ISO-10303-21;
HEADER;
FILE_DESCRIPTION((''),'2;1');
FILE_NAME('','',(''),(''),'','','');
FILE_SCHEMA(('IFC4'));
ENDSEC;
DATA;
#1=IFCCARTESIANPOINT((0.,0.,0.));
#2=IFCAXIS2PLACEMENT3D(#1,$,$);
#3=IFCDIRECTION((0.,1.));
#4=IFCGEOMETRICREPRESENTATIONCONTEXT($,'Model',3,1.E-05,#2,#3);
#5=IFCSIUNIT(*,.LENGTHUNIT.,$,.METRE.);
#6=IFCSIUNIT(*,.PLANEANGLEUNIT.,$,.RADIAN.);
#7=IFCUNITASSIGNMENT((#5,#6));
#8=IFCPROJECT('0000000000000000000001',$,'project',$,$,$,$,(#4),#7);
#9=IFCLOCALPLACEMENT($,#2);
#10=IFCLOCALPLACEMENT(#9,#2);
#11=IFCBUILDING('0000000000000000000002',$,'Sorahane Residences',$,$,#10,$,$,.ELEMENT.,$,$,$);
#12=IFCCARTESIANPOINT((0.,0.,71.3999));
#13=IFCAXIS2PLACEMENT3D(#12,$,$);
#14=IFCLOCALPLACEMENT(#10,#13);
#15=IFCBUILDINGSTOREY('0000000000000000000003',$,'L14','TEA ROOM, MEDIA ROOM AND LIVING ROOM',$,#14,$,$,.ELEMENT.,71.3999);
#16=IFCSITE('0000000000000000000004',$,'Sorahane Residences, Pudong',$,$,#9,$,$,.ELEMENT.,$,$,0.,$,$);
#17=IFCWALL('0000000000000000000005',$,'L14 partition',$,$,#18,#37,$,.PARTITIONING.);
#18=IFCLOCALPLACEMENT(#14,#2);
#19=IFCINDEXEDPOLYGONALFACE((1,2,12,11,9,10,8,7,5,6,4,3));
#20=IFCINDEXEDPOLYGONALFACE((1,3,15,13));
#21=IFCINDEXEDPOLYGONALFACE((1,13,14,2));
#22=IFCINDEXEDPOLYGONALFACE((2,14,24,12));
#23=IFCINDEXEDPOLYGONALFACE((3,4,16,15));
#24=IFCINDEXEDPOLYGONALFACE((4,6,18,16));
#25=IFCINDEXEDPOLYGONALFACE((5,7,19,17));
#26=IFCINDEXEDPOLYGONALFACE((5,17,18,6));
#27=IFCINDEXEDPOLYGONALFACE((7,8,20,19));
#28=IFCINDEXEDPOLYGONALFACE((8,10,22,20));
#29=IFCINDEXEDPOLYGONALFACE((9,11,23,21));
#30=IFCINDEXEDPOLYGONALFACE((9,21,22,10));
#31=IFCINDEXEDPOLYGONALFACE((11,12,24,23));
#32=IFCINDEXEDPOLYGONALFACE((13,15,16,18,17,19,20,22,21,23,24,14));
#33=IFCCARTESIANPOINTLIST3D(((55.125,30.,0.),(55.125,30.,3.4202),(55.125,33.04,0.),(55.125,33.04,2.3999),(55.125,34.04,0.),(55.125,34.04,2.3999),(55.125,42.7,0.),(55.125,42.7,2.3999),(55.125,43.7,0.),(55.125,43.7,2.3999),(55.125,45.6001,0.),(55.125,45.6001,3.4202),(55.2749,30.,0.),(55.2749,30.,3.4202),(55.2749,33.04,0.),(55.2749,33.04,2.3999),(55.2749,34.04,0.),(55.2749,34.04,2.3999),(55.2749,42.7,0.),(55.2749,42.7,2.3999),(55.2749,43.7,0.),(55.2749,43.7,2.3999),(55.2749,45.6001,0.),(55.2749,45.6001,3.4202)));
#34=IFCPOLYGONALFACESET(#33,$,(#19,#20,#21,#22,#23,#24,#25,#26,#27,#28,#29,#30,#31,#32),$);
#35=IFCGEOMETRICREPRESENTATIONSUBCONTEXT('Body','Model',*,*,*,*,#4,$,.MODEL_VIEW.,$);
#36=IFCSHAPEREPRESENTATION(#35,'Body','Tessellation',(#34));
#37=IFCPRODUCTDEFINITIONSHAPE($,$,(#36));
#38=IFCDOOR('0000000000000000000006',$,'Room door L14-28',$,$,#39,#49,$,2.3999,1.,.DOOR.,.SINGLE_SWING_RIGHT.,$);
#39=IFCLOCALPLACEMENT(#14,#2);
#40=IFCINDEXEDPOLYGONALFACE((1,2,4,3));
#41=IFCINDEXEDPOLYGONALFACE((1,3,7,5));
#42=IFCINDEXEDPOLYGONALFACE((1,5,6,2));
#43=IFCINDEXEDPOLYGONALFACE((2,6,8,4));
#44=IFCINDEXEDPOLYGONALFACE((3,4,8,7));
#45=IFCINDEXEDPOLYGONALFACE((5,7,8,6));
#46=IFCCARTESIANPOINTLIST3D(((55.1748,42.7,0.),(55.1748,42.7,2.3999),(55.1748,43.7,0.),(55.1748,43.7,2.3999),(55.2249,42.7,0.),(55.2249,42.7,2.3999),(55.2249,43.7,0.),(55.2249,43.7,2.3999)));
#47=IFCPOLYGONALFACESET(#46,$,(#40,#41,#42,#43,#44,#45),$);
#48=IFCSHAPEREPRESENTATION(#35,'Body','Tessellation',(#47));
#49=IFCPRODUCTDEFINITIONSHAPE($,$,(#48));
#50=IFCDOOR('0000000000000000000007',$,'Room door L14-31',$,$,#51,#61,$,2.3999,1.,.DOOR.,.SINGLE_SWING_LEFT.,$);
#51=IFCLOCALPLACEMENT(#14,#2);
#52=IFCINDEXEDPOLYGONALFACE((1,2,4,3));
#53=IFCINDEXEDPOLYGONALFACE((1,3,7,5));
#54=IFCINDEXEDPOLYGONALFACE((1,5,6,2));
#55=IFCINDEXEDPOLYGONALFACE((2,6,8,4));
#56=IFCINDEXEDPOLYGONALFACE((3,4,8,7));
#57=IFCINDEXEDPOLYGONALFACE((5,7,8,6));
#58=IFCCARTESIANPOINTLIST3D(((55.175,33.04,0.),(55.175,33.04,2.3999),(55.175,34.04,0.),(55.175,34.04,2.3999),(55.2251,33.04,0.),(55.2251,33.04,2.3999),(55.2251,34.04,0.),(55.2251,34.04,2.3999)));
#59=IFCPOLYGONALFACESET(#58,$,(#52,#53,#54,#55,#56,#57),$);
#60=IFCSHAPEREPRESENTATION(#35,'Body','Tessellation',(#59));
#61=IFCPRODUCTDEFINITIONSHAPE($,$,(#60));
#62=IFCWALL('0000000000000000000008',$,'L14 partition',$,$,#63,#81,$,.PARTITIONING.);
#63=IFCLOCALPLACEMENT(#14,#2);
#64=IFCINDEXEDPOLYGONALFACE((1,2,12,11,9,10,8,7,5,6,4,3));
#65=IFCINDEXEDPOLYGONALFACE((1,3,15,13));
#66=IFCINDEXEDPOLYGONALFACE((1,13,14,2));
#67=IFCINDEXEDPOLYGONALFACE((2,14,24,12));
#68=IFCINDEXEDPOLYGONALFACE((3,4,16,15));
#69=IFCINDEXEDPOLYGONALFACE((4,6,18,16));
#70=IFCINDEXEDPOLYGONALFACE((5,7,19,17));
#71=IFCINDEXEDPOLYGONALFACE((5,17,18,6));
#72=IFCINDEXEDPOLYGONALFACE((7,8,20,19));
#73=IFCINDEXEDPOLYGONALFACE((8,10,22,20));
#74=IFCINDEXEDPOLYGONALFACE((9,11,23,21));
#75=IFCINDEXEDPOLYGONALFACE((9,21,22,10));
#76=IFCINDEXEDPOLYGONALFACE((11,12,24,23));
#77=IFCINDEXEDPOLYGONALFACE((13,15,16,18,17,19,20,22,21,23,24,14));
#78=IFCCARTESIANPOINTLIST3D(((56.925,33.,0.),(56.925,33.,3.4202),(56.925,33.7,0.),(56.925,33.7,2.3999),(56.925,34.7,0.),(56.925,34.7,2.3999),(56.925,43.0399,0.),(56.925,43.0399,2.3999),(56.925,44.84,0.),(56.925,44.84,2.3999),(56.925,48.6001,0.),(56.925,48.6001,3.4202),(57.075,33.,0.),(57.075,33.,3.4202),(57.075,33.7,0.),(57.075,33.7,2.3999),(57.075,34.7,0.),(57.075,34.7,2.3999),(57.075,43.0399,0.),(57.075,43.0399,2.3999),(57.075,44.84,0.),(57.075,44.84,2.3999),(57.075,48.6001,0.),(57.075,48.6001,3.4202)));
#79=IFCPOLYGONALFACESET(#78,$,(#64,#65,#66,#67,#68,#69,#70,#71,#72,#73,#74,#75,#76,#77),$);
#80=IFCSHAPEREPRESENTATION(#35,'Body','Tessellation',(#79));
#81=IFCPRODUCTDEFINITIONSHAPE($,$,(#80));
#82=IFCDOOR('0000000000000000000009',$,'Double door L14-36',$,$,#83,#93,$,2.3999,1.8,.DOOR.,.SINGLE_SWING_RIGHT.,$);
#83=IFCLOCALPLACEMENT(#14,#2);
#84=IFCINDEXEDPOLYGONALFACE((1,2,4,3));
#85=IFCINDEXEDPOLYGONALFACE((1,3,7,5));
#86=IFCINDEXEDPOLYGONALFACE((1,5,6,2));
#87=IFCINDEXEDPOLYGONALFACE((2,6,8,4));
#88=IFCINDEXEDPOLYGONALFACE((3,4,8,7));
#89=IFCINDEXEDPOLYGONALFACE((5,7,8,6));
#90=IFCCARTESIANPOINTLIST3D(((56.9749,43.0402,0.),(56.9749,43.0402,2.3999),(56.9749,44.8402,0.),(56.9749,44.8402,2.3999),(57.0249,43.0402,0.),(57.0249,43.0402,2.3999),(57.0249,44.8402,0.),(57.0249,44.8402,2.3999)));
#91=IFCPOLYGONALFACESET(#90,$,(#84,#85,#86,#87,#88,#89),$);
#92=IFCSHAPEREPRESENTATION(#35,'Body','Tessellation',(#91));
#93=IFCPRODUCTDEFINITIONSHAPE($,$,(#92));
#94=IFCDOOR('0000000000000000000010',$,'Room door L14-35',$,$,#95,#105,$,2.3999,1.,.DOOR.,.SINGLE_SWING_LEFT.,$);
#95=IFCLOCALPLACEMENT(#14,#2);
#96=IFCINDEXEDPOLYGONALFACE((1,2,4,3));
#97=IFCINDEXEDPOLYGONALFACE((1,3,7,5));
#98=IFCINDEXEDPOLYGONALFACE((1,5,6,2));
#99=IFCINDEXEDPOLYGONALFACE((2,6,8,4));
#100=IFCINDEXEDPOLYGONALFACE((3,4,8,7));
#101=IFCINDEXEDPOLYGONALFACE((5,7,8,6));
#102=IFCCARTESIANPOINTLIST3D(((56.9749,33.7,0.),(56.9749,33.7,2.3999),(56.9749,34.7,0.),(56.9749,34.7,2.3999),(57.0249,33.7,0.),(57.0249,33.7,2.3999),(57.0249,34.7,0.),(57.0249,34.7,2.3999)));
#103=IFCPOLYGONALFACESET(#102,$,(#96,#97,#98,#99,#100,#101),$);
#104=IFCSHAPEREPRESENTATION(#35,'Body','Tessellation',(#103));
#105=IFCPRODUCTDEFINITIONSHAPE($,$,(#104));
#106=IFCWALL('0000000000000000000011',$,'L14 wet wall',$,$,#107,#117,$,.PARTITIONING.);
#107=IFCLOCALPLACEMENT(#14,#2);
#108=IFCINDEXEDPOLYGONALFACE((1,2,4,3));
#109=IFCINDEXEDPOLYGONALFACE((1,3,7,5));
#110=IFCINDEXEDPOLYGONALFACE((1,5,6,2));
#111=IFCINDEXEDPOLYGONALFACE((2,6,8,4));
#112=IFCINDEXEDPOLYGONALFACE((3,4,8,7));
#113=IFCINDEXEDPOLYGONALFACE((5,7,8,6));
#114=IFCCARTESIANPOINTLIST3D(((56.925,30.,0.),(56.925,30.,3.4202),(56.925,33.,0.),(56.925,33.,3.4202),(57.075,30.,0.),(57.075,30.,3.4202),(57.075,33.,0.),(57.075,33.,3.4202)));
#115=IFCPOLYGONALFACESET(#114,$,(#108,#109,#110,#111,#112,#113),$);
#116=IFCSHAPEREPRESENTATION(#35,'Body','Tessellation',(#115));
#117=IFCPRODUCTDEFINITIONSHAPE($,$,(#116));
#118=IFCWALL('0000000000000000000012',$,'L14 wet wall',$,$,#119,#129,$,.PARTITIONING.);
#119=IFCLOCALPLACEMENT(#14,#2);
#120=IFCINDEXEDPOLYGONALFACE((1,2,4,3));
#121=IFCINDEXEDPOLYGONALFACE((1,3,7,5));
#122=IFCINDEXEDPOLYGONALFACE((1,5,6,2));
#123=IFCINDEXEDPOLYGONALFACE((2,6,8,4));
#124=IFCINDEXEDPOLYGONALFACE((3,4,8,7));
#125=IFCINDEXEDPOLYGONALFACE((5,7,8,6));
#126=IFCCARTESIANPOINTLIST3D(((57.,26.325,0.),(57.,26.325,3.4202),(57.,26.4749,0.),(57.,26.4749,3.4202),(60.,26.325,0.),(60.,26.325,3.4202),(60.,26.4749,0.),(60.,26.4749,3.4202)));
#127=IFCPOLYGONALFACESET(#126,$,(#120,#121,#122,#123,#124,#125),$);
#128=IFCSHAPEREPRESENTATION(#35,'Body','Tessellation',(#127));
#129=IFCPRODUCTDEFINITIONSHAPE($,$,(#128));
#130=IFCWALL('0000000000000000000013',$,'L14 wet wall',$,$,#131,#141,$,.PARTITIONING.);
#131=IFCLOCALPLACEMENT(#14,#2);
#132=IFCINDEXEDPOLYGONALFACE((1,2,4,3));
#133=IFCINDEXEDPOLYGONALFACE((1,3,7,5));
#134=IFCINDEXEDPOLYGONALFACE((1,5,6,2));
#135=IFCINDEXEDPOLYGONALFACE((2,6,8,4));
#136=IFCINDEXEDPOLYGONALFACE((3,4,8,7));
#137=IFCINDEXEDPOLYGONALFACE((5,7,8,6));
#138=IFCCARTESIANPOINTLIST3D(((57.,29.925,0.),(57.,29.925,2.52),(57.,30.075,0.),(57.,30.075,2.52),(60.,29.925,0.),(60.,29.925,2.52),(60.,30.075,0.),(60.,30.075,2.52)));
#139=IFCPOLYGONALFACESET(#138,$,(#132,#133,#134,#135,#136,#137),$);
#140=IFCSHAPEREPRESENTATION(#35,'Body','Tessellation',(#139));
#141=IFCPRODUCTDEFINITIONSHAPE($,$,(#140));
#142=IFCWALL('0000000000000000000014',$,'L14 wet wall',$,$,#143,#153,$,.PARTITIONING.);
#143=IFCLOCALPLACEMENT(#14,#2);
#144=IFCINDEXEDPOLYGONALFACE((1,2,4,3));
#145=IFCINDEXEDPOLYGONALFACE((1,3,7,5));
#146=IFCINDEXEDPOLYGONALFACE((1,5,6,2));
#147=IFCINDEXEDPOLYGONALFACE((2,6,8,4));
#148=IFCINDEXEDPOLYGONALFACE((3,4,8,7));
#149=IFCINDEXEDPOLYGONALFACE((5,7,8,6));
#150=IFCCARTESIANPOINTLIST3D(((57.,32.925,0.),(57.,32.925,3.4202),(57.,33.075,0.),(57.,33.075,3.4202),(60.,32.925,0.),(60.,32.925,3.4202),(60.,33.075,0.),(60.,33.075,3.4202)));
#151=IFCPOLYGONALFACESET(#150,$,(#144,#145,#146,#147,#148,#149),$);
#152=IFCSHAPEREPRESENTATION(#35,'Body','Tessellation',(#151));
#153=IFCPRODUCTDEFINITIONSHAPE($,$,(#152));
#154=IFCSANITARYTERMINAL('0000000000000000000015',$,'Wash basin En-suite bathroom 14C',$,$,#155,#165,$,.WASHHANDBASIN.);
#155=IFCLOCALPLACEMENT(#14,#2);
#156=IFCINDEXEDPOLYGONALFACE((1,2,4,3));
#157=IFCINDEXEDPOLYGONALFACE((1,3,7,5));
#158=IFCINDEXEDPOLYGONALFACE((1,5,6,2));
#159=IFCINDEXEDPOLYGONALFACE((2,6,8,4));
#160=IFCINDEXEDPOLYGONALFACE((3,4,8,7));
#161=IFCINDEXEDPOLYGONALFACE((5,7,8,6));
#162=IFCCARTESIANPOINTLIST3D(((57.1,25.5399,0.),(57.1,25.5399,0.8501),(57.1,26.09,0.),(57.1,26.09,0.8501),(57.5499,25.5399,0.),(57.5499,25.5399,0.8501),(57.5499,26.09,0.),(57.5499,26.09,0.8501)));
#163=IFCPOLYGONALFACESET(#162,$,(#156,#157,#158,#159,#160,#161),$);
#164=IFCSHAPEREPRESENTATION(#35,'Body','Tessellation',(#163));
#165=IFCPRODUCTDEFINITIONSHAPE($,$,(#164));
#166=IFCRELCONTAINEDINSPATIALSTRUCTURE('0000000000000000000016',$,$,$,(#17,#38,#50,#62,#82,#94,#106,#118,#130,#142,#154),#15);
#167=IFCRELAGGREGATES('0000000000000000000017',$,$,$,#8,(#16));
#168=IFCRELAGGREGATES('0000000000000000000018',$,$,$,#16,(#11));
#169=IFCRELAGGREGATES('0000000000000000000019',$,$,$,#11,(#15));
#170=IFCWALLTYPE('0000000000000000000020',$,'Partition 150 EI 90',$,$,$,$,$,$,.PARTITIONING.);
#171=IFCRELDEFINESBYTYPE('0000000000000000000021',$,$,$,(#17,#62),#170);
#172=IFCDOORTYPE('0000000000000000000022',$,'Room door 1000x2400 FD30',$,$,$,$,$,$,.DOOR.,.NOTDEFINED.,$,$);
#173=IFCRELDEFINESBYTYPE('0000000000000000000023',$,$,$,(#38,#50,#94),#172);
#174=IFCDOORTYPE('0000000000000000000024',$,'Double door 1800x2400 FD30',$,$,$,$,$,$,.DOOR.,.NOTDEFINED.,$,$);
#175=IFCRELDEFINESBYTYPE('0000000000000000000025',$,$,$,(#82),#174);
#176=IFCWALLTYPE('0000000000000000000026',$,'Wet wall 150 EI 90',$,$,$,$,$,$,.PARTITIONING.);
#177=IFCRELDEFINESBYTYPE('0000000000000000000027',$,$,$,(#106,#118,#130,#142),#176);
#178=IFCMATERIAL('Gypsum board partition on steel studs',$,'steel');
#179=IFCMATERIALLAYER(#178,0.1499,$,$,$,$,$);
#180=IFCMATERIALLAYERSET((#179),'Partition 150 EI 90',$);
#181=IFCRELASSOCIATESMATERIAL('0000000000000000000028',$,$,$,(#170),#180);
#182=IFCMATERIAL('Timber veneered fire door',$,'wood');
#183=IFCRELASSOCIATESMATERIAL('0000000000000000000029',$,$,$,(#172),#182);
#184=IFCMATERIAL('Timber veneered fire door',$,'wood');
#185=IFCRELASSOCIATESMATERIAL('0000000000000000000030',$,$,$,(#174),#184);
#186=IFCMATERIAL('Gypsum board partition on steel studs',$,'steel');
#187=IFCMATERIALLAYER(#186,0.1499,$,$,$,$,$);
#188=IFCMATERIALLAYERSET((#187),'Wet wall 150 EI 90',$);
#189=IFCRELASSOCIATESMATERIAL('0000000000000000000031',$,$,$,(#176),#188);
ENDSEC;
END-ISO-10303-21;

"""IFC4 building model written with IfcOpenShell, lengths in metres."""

from ifc_helpers import new_model, si_unit, direction, frame, frame_2d, origin, origin_2d, place, context, subcontext, project, spatial, rectangle, extrude, material, layer, layer_set, type_object, element, fill, save


model = new_model("IFC4")

# Units and contexts
model_context = context("Model", 3, precision=1e-05, world=origin(), true_north=direction((0.0, 1.0)))
body_context = subcontext(model_context, "Body", "Model", "MODEL_VIEW")
ifc_project = project(units=[si_unit("LENGTHUNIT", "METRE"), si_unit("PLANEANGLEUNIT", "RADIAN")], contexts=[model_context])

# Site, building, storey
site_placement = place(None, origin())
site = spatial("IfcSite", under=ifc_project, at=site_placement, Name="Sorahane Residences, Pudong", CompositionType="ELEMENT", RefElevation=0.0)
building_placement = place(site_placement, origin())
building = spatial("IfcBuilding", under=site, at=building_placement, Name="Sorahane Residences", CompositionType="ELEMENT")
storey_placement = place(building_placement, frame((0.0, 0.0, 71.3999)))
storey = spatial("IfcBuildingStorey", under=building, at=storey_placement, Name="L14", Description="TEA ROOM, MEDIA ROOM AND LIVING ROOM", CompositionType="ELEMENT", Elevation=71.3999)

# Wall, openings, doors
ifc_material_1 = material(Name="Gypsum board partition on steel studs", Category="steel")
ifc_layer_1 = layer(ifc_material_1, 0.1499)
ifc_layer_set_1 = layer_set([ifc_layer_1], Name="Partition 150 EI 90")
wall_type_1 = type_object("IfcWallType", Name="Partition 150 EI 90", PredefinedType="PARTITIONING", material=ifc_layer_set_1)
wall_1_placement = place(storey_placement, frame((55.2, 30.0, 0.0), z_axis=(0.0, 0.0, 1.0), x_axis=(0.0, 1.0, 0.0)))
wall_1 = element("IfcWall", 1, at=wall_1_placement, inside=storey, type_object=wall_type_1, Name="L14 partition", PredefinedType="PARTITIONING", context=body_context, shape_type="SweptSolid", body=[
    extrude(rectangle(XDim=15.6001, YDim=0.1499, at=frame_2d((7.8, 0.0))), origin(), (0.0, 0.0, 1.0), 3.4202),
])
opening_1_placement = place(wall_1_placement, frame((12.7, 0.0, 0.0)))
opening_1 = element("IfcOpeningElement", 2, at=opening_1_placement, cuts=wall_1, PredefinedType="OPENING", context=body_context, shape_type="SweptSolid", body=[
    extrude(rectangle(XDim=1.0, YDim=2.3999, at=frame_2d((0.5, 1.2))), frame((0.0, 0.085, 0.0), z_axis=(0.0, -1.0, 0.0), x_axis=(1.0, 0.0, 0.0)), (0.0, 0.0, 1.0), 0.1699),
])
opening_2_placement = place(wall_1_placement, frame((3.04, 0.0, 0.0)))
opening_2 = element("IfcOpeningElement", 3, at=opening_2_placement, cuts=wall_1, PredefinedType="OPENING", context=body_context, shape_type="SweptSolid", body=[
    extrude(rectangle(XDim=1.0, YDim=2.3999, at=frame_2d((0.5, 1.2))), frame((0.0, 0.085, 0.0), z_axis=(0.0, -1.0, 0.0), x_axis=(1.0, 0.0, 0.0)), (0.0, 0.0, 1.0), 0.1699),
])
ifc_material_2 = material(Name="Timber veneered fire door", Category="wood")
door_type_1 = type_object("IfcDoorType", Name="Room door 1000x2400 FD30", OperationType="NOTDEFINED", PredefinedType="DOOR", material=ifc_material_2)
door_1_placement = place(opening_1_placement, frame((1.0, 0.0, 0.0), z_axis=(0.0, 0.0, 1.0), x_axis=(-1.0, 0.0, 0.0)))
door_1 = element("IfcDoor", 4, at=door_1_placement, inside=storey, type_object=door_type_1, Name="Room door L14-28", OperationType="SINGLE_SWING_RIGHT", OverallHeight=2.3999, OverallWidth=1.0, PredefinedType="DOOR", context=body_context, shape_type="SweptSolid", body=[
    extrude(rectangle(XDim=1.0, YDim=2.3999, at=frame_2d((0.5, 1.2))), frame((0.0, 0.0249, 0.0), z_axis=(0.0, -1.0, 0.0), x_axis=(1.0, 0.0, 0.0)), (0.0, 0.0, 1.0), 0.05),
])
fill(opening_1, door_1)
door_2_placement = place(opening_2_placement, origin())
door_2 = element("IfcDoor", 5, at=door_2_placement, inside=storey, type_object=door_type_1, Name="Room door L14-31", OperationType="SINGLE_SWING_LEFT", OverallHeight=2.3999, OverallWidth=1.0, PredefinedType="DOOR", context=body_context, shape_type="SweptSolid", body=[
    extrude(rectangle(XDim=1.0, YDim=2.3999, at=frame_2d((0.5, 1.2))), frame((0.0, 0.0249, 0.0), z_axis=(0.0, -1.0, 0.0), x_axis=(1.0, 0.0, 0.0)), (0.0, 0.0, 1.0), 0.05),
])
fill(opening_2, door_2)

# Wall, openings, doors
wall_2_placement = place(storey_placement, frame((57.0, 33.0, 0.0), z_axis=(0.0, 0.0, 1.0), x_axis=(0.0, 1.0, 0.0)))
wall_2 = element("IfcWall", 6, at=wall_2_placement, inside=storey, type_object=wall_type_1, Name="L14 partition", PredefinedType="PARTITIONING", context=body_context, shape_type="SweptSolid", body=[
    extrude(rectangle(XDim=15.6001, YDim=0.1499, at=frame_2d((7.8, 0.0))), origin(), (0.0, 0.0, 1.0), 3.4202),
])
opening_3_placement = place(wall_2_placement, frame((0.7, 0.0, 0.0)))
opening_3 = element("IfcOpeningElement", 7, at=opening_3_placement, cuts=wall_2, PredefinedType="OPENING", context=body_context, shape_type="SweptSolid", body=[
    extrude(rectangle(XDim=1.0, YDim=2.3999, at=frame_2d((0.5, 1.2))), frame((0.0, 0.085, 0.0), z_axis=(0.0, -1.0, 0.0), x_axis=(1.0, 0.0, 0.0)), (0.0, 0.0, 1.0), 0.1699),
])
opening_4_placement = place(wall_2_placement, frame((10.04, 0.0, 0.0)))
opening_4 = element("IfcOpeningElement", 8, at=opening_4_placement, cuts=wall_2, PredefinedType="OPENING", context=body_context, shape_type="SweptSolid", body=[
    extrude(rectangle(XDim=1.8, YDim=2.3999, at=frame_2d((0.8999, 1.2))), frame((0.0, 0.085, 0.0), z_axis=(0.0, -1.0, 0.0), x_axis=(1.0, 0.0, 0.0)), (0.0, 0.0, 1.0), 0.1699),
])
ifc_material_3 = material(Name="Timber veneered fire door", Category="wood")
door_type_2 = type_object("IfcDoorType", Name="Double door 1800x2400 FD30", OperationType="NOTDEFINED", PredefinedType="DOOR", material=ifc_material_3)
door_3_placement = place(opening_4_placement, frame((1.8, 0.0, 0.0), z_axis=(0.0, 0.0, 1.0), x_axis=(-1.0, 0.0, 0.0)))
door_3 = element("IfcDoor", 9, at=door_3_placement, inside=storey, type_object=door_type_2, Name="Double door L14-36", OperationType="SINGLE_SWING_RIGHT", OverallHeight=2.3999, OverallWidth=1.8, PredefinedType="DOOR", context=body_context, shape_type="SweptSolid", body=[
    extrude(rectangle(XDim=1.8, YDim=2.3999, at=frame_2d((0.8999, 1.2))), frame((0.0, 0.0249, 0.0), z_axis=(0.0, -1.0, 0.0), x_axis=(1.0, 0.0, 0.0)), (0.0, 0.0, 1.0), 0.05),
])
fill(opening_4, door_3)
door_4_placement = place(opening_3_placement, frame((1.0, 0.0, 0.0), z_axis=(0.0, 0.0, 1.0), x_axis=(-1.0, 0.0, 0.0)))
door_4 = element("IfcDoor", 10, at=door_4_placement, inside=storey, type_object=door_type_1, Name="Room door L14-35", OperationType="SINGLE_SWING_LEFT", OverallHeight=2.3999, OverallWidth=1.0, PredefinedType="DOOR", context=body_context, shape_type="SweptSolid", body=[
    extrude(rectangle(XDim=1.0, YDim=2.3999, at=frame_2d((0.5, 1.2))), frame((0.0, 0.0249, 0.0), z_axis=(0.0, -1.0, 0.0), x_axis=(1.0, 0.0, 0.0)), (0.0, 0.0, 1.0), 0.05),
])
fill(opening_3, door_4)

# Walls
ifc_material_4 = material(Name="Gypsum board partition on steel studs", Category="steel")
ifc_layer_2 = layer(ifc_material_4, 0.1499)
ifc_layer_set_2 = layer_set([ifc_layer_2], Name="Wet wall 150 EI 90")
wall_type_2 = type_object("IfcWallType", Name="Wet wall 150 EI 90", PredefinedType="PARTITIONING", material=ifc_layer_set_2)
for number, where, z_axis, x_axis, name in (
    (11, (57.0, 30.0, 0.0), (0.0, 0.0, 1.0), (0.0, 1.0, 0.0), "L14 wet wall"),
    (12, (57.0, 26.3999, 0.0), (0.0, 0.0, 1.0), (1.0, 0.0, 0.0), "L14 wet wall"),
):
    element("IfcWall", number, at=place(storey_placement, frame(where, z_axis=z_axis, x_axis=x_axis)), inside=storey, type_object=wall_type_2, Name=name, PredefinedType="PARTITIONING", context=body_context, shape_type="SweptSolid", body=[
        extrude(rectangle(XDim=3.0, YDim=0.1499, at=frame_2d((1.5, 0.0))), origin(), (0.0, 0.0, 1.0), 3.4202),
    ])
wall_3_placement = place(storey_placement, frame((57.0, 30.0, 0.0), z_axis=(0.0, 0.0, 1.0), x_axis=(1.0, 0.0, 0.0)))
element("IfcWall", 13, at=wall_3_placement, inside=storey, type_object=wall_type_2, Name="L14 wet wall", PredefinedType="PARTITIONING", context=body_context, shape_type="SweptSolid", body=[
    extrude(rectangle(XDim=3.0, YDim=0.1499, at=frame_2d((1.5, 0.0))), origin(), (0.0, 0.0, 1.0), 2.52),
])
wall_4_placement = place(storey_placement, frame((57.0, 33.0, 0.0), z_axis=(0.0, 0.0, 1.0), x_axis=(1.0, 0.0, 0.0)))
element("IfcWall", 14, at=wall_4_placement, inside=storey, type_object=wall_type_2, Name="L14 wet wall", PredefinedType="PARTITIONING", context=body_context, shape_type="SweptSolid", body=[
    extrude(rectangle(XDim=3.0, YDim=0.1499, at=frame_2d((1.5, 0.0))), origin(), (0.0, 0.0, 1.0), 3.4202),
])

# Sanitary terminal
sanitary_terminal_placement = place(storey_placement, frame((57.325, 25.8149, 0.0), z_axis=(0.0, 0.0, 1.0), x_axis=(0.0, 1.0, 0.0)))
element("IfcSanitaryTerminal", 15, at=sanitary_terminal_placement, inside=storey, Name="Wash basin En-suite bathroom 14C", PredefinedType="WASHHANDBASIN", context=body_context, shape_type="SweptSolid", body=[
    extrude(rectangle(XDim=0.55, YDim=0.45, at=origin_2d()), origin(), (0.0, 0.0, 1.0), 0.8501),
])

save(model, "model.ifc")
